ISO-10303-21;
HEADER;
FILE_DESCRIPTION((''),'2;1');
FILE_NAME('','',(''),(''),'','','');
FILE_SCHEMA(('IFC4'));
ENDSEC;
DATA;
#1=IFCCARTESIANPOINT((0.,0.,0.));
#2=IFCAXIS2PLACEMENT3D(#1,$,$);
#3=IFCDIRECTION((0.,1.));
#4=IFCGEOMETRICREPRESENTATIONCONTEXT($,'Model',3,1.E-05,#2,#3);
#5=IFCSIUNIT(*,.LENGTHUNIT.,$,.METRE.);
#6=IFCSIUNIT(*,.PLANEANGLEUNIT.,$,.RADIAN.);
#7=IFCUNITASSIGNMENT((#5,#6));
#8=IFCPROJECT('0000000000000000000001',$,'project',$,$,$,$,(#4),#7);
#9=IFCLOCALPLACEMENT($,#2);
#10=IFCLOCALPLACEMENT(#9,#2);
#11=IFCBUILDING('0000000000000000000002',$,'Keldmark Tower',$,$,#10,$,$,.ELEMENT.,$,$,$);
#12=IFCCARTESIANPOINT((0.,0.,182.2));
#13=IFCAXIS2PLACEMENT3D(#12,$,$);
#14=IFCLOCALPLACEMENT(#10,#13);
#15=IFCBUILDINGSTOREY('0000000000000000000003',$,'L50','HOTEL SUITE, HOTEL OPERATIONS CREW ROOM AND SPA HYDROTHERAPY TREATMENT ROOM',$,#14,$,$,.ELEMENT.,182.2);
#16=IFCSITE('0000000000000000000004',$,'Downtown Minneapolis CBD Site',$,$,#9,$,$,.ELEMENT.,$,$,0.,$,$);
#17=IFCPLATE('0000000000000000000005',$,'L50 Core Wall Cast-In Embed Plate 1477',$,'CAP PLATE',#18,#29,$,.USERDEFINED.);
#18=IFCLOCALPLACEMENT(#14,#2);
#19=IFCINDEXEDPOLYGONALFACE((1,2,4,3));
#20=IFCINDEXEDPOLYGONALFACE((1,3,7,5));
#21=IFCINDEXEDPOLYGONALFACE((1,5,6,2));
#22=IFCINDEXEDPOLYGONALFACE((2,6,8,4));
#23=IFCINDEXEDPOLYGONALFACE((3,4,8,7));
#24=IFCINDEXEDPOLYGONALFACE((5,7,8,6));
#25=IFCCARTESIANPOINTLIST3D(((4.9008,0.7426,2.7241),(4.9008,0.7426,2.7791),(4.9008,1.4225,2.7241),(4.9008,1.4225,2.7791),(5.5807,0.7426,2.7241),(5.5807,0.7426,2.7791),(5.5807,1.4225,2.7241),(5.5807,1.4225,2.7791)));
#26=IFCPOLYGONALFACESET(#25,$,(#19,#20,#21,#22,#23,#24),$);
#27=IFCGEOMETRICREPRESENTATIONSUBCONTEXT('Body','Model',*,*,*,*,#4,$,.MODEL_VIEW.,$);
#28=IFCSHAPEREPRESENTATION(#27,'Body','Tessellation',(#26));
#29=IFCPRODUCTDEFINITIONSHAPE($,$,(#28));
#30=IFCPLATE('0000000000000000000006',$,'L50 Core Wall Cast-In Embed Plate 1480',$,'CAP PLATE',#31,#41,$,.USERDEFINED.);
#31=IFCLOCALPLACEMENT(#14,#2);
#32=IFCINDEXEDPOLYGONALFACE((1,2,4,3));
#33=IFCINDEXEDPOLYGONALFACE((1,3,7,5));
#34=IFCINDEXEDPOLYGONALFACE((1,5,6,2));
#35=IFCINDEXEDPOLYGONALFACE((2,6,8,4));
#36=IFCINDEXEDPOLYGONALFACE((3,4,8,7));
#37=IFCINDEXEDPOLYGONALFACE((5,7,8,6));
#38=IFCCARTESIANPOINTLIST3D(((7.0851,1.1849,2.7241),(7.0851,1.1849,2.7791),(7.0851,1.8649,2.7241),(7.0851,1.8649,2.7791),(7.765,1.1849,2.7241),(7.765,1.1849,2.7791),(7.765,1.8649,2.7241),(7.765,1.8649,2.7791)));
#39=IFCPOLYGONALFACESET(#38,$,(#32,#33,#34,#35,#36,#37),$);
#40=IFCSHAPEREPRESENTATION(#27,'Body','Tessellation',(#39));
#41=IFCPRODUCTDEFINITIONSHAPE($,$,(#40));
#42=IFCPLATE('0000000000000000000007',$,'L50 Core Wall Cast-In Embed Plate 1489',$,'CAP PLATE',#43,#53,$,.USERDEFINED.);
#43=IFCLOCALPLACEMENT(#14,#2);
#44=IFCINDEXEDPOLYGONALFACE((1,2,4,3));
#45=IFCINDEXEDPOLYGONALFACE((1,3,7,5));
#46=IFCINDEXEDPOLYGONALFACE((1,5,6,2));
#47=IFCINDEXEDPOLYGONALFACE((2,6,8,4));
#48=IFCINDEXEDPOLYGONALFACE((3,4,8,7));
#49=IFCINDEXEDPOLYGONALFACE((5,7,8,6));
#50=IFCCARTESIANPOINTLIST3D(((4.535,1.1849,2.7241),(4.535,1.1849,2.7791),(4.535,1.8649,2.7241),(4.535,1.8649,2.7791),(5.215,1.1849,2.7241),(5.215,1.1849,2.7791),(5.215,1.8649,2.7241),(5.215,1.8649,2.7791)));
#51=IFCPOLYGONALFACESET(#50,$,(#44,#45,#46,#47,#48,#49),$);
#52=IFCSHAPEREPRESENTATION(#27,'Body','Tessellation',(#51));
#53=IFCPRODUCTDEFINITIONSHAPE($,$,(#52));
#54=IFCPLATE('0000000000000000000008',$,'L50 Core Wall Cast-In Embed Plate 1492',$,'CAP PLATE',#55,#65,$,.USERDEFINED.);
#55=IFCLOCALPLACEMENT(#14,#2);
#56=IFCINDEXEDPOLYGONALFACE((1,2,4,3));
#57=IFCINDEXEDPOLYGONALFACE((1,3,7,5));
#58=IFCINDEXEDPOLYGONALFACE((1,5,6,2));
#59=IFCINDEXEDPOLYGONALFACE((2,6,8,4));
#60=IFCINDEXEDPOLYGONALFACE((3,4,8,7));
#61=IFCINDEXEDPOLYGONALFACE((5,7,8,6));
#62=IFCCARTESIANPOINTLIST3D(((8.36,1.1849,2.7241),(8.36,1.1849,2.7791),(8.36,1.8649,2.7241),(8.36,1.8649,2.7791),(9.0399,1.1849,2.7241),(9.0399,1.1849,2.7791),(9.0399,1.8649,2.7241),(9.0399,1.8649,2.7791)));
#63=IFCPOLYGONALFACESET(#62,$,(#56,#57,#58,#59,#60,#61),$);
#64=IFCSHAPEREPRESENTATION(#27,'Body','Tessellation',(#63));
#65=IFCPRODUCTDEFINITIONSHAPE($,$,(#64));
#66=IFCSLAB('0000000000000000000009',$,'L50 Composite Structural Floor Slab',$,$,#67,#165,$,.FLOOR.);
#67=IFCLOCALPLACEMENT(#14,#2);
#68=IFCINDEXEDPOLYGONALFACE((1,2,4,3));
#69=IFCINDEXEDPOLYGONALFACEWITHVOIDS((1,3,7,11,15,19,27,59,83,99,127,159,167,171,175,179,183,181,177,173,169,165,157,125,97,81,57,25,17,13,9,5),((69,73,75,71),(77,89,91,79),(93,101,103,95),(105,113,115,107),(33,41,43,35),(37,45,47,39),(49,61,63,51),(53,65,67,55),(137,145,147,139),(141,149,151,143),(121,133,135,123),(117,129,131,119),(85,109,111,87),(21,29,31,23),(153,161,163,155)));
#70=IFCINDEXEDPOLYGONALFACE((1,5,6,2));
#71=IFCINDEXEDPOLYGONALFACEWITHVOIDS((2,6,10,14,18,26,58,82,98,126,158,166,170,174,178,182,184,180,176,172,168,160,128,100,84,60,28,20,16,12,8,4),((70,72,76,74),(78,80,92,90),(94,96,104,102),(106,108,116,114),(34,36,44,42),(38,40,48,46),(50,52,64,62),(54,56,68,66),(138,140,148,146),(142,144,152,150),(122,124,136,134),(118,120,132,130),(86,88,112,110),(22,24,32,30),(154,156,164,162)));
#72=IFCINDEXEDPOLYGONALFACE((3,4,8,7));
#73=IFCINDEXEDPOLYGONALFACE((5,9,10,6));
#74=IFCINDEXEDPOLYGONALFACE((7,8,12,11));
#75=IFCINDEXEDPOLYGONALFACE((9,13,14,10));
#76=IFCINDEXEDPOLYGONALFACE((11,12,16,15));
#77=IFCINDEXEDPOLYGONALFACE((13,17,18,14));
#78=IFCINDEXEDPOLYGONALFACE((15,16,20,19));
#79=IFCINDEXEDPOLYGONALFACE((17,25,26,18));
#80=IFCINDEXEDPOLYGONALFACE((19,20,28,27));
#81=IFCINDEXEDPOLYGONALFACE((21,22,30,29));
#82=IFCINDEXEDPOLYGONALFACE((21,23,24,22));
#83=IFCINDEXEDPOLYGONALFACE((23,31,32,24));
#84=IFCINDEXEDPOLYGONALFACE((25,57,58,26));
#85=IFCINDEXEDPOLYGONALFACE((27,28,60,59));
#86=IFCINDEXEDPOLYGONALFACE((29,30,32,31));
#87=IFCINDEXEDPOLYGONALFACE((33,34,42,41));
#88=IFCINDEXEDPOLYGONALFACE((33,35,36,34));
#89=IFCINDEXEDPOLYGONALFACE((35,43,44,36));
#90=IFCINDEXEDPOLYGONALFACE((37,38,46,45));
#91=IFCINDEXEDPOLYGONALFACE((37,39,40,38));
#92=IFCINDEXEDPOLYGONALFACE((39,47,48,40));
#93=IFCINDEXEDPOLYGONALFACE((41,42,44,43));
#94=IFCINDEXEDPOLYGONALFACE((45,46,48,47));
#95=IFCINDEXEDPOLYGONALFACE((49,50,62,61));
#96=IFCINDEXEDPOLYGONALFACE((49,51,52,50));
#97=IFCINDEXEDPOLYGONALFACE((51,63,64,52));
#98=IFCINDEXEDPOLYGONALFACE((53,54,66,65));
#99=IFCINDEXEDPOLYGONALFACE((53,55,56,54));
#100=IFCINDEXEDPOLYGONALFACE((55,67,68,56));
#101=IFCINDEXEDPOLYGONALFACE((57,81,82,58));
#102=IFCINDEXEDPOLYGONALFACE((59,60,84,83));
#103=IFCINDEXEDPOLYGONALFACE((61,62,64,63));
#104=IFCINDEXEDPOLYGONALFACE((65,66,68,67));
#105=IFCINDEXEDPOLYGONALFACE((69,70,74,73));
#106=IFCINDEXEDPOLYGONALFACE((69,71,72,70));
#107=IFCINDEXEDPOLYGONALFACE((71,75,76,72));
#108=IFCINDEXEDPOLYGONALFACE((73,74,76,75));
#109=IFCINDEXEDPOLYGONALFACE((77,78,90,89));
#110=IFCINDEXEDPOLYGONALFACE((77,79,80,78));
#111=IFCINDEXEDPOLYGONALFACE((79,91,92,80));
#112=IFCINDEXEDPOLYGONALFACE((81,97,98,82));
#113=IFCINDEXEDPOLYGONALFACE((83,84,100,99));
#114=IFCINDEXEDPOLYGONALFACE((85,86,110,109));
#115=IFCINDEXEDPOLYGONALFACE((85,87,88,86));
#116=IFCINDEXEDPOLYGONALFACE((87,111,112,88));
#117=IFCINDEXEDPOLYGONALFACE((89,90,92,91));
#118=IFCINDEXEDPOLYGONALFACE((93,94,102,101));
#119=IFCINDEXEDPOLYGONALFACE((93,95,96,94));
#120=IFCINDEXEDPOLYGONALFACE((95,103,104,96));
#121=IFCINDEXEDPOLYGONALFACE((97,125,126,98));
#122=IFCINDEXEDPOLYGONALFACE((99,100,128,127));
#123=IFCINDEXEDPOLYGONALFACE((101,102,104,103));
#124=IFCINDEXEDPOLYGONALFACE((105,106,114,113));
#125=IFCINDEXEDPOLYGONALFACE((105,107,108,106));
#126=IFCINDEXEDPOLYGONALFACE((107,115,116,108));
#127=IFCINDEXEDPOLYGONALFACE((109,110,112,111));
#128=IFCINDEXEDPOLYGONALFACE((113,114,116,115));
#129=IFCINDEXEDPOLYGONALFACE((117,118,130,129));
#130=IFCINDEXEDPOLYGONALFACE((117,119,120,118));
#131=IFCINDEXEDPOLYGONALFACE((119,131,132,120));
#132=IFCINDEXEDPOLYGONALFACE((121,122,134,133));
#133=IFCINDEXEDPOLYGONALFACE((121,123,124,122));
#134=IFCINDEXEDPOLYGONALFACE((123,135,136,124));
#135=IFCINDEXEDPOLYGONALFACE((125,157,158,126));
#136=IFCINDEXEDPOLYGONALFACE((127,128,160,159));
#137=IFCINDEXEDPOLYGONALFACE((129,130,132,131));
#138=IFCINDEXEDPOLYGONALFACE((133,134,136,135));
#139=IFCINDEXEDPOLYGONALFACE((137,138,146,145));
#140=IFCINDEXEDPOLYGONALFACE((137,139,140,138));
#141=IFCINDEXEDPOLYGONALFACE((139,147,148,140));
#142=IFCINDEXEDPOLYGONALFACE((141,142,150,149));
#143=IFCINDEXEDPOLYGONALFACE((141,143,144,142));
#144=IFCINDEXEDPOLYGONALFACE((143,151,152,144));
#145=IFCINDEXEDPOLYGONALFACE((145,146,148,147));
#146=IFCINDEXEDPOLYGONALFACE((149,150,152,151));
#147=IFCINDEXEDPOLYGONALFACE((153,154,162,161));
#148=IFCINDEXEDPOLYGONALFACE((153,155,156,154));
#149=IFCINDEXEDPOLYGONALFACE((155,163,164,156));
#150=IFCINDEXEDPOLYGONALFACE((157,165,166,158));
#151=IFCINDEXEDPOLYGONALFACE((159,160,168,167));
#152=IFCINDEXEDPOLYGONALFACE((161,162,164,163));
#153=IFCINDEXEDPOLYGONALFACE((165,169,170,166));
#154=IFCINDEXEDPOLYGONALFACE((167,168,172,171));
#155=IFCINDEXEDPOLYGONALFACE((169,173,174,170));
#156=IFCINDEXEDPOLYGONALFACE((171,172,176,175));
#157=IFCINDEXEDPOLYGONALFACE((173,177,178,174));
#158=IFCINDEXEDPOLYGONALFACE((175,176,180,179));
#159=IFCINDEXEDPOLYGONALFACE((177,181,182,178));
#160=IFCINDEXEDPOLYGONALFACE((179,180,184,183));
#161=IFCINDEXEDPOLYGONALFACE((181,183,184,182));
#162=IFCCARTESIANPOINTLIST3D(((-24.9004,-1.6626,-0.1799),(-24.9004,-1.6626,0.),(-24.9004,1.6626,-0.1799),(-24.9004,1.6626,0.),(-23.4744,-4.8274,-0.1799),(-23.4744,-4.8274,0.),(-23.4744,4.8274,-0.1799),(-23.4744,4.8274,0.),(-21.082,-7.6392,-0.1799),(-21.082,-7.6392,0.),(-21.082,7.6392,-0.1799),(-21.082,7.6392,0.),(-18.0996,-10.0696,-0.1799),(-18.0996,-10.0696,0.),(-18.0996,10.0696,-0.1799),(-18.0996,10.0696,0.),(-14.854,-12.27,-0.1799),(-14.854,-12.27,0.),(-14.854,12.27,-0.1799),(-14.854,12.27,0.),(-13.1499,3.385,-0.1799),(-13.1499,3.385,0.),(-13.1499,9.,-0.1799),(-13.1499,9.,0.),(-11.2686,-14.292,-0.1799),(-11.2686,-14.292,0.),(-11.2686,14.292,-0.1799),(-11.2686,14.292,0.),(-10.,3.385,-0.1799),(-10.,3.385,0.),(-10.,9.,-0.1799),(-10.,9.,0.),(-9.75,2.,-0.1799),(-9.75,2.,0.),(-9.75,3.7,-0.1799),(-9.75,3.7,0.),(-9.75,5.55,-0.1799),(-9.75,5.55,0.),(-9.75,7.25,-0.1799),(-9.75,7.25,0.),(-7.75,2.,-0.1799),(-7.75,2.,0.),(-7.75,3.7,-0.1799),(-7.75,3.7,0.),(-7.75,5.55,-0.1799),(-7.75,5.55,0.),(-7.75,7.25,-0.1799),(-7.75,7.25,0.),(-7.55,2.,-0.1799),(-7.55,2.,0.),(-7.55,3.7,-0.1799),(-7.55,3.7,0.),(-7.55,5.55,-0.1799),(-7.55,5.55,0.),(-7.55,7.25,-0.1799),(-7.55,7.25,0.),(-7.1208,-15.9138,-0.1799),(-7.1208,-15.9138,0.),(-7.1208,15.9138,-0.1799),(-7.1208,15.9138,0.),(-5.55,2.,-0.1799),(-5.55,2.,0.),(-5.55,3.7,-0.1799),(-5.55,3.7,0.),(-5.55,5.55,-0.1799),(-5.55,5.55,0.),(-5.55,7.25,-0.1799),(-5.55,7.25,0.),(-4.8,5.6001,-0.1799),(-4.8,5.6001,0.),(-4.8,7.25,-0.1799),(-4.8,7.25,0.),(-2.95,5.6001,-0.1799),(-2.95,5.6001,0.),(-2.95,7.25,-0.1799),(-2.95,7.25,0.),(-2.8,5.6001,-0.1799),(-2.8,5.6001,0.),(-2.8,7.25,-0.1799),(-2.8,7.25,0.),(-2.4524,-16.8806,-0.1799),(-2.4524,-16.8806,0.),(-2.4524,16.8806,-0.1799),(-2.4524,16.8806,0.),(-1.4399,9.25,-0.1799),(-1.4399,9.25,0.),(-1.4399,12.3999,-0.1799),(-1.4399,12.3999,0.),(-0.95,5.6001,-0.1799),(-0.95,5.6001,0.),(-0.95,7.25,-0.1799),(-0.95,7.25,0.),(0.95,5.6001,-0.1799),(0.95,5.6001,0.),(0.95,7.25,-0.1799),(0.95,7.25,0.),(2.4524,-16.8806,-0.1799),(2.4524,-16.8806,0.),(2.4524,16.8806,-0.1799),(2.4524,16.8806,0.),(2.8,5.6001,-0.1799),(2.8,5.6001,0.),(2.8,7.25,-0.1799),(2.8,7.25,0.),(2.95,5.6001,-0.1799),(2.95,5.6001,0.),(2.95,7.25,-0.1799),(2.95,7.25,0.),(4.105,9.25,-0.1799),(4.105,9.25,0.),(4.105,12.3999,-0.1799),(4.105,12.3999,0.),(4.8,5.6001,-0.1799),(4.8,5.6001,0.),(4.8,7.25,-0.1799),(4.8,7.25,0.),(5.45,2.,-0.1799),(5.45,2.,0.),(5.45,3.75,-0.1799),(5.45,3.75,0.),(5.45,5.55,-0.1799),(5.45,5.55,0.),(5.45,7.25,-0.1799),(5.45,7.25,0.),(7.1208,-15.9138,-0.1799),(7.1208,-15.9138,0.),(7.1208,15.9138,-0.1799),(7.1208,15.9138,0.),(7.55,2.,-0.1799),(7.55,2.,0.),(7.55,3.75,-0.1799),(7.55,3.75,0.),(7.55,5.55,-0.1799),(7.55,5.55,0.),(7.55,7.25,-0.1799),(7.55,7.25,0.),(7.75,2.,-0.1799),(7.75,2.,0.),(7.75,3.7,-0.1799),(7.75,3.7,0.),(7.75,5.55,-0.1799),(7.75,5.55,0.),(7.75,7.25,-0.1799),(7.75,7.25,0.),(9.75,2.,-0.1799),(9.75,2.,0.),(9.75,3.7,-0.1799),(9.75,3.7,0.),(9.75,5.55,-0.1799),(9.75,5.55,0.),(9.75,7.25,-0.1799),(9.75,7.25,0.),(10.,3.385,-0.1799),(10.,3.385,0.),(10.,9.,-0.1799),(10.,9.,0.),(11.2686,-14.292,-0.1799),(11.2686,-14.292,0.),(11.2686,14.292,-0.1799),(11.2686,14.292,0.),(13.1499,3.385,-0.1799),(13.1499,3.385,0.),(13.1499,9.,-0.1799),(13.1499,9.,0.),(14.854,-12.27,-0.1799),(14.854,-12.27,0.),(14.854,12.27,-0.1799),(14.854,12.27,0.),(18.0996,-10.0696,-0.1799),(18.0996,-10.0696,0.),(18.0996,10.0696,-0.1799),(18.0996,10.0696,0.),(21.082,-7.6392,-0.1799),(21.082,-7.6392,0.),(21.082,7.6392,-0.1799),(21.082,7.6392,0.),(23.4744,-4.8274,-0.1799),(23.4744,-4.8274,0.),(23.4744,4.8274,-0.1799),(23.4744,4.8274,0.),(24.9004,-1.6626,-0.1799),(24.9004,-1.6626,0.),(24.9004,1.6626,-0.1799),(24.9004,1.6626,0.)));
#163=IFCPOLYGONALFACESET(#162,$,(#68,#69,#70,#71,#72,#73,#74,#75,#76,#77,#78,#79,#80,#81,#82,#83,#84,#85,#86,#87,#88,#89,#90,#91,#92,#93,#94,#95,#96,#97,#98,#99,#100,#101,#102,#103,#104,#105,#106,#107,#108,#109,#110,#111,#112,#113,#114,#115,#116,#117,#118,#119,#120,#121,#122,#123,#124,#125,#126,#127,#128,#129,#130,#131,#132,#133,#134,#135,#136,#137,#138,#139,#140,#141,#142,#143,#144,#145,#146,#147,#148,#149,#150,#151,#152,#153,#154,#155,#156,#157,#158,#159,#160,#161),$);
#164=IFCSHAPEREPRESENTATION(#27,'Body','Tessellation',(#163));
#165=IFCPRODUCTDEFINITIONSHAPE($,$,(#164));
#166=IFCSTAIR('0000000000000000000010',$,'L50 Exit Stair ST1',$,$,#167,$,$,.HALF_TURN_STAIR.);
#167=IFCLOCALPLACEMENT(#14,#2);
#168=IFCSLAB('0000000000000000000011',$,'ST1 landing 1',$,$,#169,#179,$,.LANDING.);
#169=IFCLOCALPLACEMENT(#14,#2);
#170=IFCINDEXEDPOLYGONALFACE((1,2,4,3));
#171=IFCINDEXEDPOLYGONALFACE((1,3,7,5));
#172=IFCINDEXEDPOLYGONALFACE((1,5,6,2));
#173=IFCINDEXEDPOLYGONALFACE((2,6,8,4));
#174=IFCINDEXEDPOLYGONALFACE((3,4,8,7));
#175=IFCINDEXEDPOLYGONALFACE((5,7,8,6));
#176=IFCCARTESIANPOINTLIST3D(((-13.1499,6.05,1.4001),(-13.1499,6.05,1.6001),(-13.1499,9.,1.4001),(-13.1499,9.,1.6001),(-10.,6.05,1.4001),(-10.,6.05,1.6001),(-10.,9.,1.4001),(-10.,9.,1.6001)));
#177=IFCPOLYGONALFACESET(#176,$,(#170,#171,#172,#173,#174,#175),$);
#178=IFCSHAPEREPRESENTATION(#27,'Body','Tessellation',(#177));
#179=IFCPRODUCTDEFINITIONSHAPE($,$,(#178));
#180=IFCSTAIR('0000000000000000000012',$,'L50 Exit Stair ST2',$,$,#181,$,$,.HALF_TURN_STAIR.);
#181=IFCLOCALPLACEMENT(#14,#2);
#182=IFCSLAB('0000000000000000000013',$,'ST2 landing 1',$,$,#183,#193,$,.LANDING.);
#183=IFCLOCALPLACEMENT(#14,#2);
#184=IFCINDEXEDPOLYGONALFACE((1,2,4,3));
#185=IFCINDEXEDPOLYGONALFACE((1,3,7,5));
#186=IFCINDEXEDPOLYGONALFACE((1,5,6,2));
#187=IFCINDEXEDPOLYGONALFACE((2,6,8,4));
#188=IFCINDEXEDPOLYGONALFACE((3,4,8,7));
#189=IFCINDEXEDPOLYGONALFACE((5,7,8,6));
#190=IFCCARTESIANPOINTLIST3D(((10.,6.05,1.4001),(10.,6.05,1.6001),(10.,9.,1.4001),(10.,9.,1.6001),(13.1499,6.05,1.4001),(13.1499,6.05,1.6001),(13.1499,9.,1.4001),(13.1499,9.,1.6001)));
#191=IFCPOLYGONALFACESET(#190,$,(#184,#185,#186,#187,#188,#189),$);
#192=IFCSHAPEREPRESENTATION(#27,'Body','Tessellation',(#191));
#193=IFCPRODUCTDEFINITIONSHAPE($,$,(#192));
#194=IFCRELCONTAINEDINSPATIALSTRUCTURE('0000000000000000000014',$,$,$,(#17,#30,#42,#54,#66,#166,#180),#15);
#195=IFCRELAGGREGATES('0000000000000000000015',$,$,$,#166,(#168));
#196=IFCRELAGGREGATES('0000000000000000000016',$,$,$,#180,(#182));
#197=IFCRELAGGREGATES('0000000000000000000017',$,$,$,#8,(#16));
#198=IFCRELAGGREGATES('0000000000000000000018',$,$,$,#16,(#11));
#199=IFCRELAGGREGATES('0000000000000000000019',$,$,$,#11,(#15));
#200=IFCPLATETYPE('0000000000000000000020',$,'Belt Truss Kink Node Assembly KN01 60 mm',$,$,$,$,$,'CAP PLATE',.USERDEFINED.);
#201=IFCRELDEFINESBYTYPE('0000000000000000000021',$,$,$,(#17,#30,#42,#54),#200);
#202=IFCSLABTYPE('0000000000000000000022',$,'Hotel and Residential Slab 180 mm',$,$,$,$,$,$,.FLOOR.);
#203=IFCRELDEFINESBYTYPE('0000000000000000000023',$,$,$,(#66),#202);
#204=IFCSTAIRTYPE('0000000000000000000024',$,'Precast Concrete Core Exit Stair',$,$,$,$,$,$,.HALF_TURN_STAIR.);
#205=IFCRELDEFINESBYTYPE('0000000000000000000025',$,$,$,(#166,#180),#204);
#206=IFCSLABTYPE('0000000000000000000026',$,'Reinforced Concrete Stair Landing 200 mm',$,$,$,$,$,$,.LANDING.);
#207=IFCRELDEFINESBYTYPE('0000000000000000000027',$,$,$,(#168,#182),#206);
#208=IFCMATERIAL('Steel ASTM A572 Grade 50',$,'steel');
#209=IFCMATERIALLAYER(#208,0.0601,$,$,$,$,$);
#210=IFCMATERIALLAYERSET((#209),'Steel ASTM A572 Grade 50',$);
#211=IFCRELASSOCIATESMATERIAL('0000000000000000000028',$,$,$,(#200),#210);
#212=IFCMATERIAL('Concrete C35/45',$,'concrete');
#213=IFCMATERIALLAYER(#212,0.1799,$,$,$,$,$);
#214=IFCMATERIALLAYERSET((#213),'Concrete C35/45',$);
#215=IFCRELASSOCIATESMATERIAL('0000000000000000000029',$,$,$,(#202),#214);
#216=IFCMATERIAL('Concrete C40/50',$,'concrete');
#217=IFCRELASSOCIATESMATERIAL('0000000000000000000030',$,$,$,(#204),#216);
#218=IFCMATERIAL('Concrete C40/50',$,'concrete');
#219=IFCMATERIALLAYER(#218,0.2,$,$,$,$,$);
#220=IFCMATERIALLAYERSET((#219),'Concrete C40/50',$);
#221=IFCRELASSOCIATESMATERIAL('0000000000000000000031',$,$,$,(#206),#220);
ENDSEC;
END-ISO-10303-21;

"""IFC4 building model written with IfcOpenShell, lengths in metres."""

from ifc_helpers import new_model, si_unit, direction, frame, origin, origin_2d, place, context, subcontext, project, spatial, polyline, rectangle, outline, extrude, material, layer, layer_set, type_object, element, aggregate, save


model = new_model("IFC4")

# Units and contexts
model_context = context("Model", 3, precision=1e-05, world=origin(), true_north=direction((0.0, 1.0)))
body_context = subcontext(model_context, "Body", "Model", "MODEL_VIEW")
ifc_project = project(units=[si_unit("LENGTHUNIT", "METRE"), si_unit("PLANEANGLEUNIT", "RADIAN")], contexts=[model_context])

# Site, building, storey
site_placement = place(None, origin())
site = spatial("IfcSite", under=ifc_project, at=site_placement, Name="Downtown Minneapolis CBD Site", CompositionType="ELEMENT", RefElevation=0.0)
building_placement = place(site_placement, origin())
building = spatial("IfcBuilding", under=site, at=building_placement, Name="Keldmark Tower", CompositionType="ELEMENT")
storey_placement = place(building_placement, frame((0.0, 0.0, 182.2)))
storey = spatial("IfcBuildingStorey", under=building, at=storey_placement, Name="L50", Description="HOTEL SUITE, HOTEL OPERATIONS CREW ROOM AND SPA HYDROTHERAPY TREATMENT ROOM", CompositionType="ELEMENT", Elevation=182.2)

# Plates
ifc_material_1 = material(Name="Steel ASTM A572 Grade 50", Category="steel")
ifc_layer_1 = layer(ifc_material_1, 0.0601)
ifc_layer_set_1 = layer_set([ifc_layer_1], Name="Steel ASTM A572 Grade 50")
plate_type = type_object("IfcPlateType", Name="Belt Truss Kink Node Assembly KN01 60 mm", ElementType="CAP PLATE", PredefinedType="USERDEFINED", material=ifc_layer_set_1)
for number, where, z_axis, x_axis, name in (
    (1, (5.2407, 1.0825, 2.7241), (0.0, 0.0, 1.0), (1.0, 0.0, 0.0), "L50 Core Wall Cast-In Embed Plate 1477"),
    (2, (7.425, 1.5249, 2.7241), (0.0, 0.0, 1.0), (1.0, 0.0, 0.0), "L50 Core Wall Cast-In Embed Plate 1480"),
    (3, (4.875, 1.5249, 2.7241), (0.0, 0.0, 1.0), (1.0, 0.0, 0.0), "L50 Core Wall Cast-In Embed Plate 1489"),
    (4, (8.7, 1.5249, 2.7241), (0.0, 0.0, 1.0), (1.0, 0.0, 0.0), "L50 Core Wall Cast-In Embed Plate 1492"),
):
    element("IfcPlate", number, at=place(storey_placement, frame(where, z_axis=z_axis, x_axis=x_axis)), inside=storey, type_object=plate_type, Name=name, ObjectType="CAP PLATE", PredefinedType="USERDEFINED", context=body_context, shape_type="SweptSolid", body=[
        extrude(rectangle(XDim=0.6799, YDim=0.6799, at=origin_2d()), origin(), (0.0, 0.0, 1.0), 0.0549),
    ])

# Slab
ifc_material_2 = material(Name="Concrete C35/45", Category="concrete")
ifc_layer_2 = layer(ifc_material_2, 0.1799)
ifc_layer_set_2 = layer_set([ifc_layer_2], Name="Concrete C35/45")
slab_type_1 = type_object("IfcSlabType", Name="Hotel and Residential Slab 180 mm", PredefinedType="FLOOR", material=ifc_layer_set_2)
slab_1_placement = place(storey_placement, frame((0.0, 0.0, -0.1799)))
element("IfcSlab", 5, at=slab_1_placement, inside=storey, type_object=slab_type_1, Name="L50 Composite Structural Floor Slab", PredefinedType="FLOOR", context=body_context, shape_type="SweptSolid", body=[
    extrude(outline(polyline([(24.9004, 1.6626), (23.4744, 4.8274), (21.082, 7.6392), (18.0996, 10.0696), (14.854, 12.27), (11.2686, 14.292), (7.1208, 15.9138), (2.4524, 16.8806), (-2.4524, 16.8806), (-7.1208, 15.9138), (-11.2686, 14.292), (-14.854, 12.27), (-18.0996, 10.0696), (-21.082, 7.6392), (-23.4744, 4.8274), (-24.9004, 1.6626), (-24.9004, -1.6626), (-23.4744, -4.8274), (-21.082, -7.6392), (-18.0996, -10.0696), (-14.854, -12.27), (-11.2686, -14.292), (-7.1208, -15.9138), (-2.4524, -16.8806), (2.4524, -16.8806), (7.1208, -15.9138), (11.2686, -14.292), (14.854, -12.27), (18.0996, -10.0696), (21.082, -7.6392), (23.4744, -4.8274), (24.9004, -1.6626), (24.9004, 1.6626)]), holes=[polyline([(-10.0, 3.385), (-10.0, 9.0), (-13.1499, 9.0), (-13.1499, 3.385), (-10.0, 3.385)]), polyline([(13.1499, 3.385), (13.1499, 9.0), (10.0, 9.0), (10.0, 3.385), (13.1499, 3.385)]), polyline([(-1.4399, 9.25), (4.105, 9.25), (4.105, 12.3999), (-1.4399, 12.3999), (-1.4399, 9.25)]), polyline([(-9.75, 2.0), (-7.75, 2.0), (-7.75, 3.7), (-9.75, 3.7), (-9.75, 2.0)]), polyline([(7.75, 2.0), (9.75, 2.0), (9.75, 3.7), (7.75, 3.7), (7.75, 2.0)]), polyline([(5.45, 2.0), (7.55, 2.0), (7.55, 3.75), (5.45, 3.75), (5.45, 2.0)]), polyline([(-4.8, 5.6001), (-2.95, 5.6001), (-2.95, 7.25), (-4.8, 7.25), (-4.8, 5.6001)]), polyline([(-2.8, 5.6001), (-0.95, 5.6001), (-0.95, 7.25), (-2.8, 7.25), (-2.8, 5.6001)]), polyline([(0.95, 5.6001), (2.8, 5.6001), (2.8, 7.25), (0.95, 7.25), (0.95, 5.6001)]), polyline([(2.95, 5.6001), (4.8, 5.6001), (4.8, 7.25), (2.95, 7.25), (2.95, 5.6001)]), polyline([(-9.75, 5.55), (-7.75, 5.55), (-7.75, 7.25), (-9.75, 7.25), (-9.75, 5.55)]), polyline([(-7.55, 5.55), (-5.55, 5.55), (-5.55, 7.25), (-7.55, 7.25), (-7.55, 5.55)]), polyline([(-7.55, 2.0), (-5.55, 2.0), (-5.55, 3.7), (-7.55, 3.7), (-7.55, 2.0)]), polyline([(5.45, 5.55), (7.55, 5.55), (7.55, 7.25), (5.45, 7.25), (5.45, 5.55)]), polyline([(7.75, 5.55), (9.75, 5.55), (9.75, 7.25), (7.75, 7.25), (7.75, 5.55)])]), origin(), (0.0, 0.0, 1.0), 0.1799),
])

# Stairs, slabs
ifc_material_3 = material(Name="Concrete C40/50", Category="concrete")
stair_type = type_object("IfcStairType", Name="Precast Concrete Core Exit Stair", PredefinedType="HALF_TURN_STAIR", material=ifc_material_3)
stair_1_placement = place(storey_placement, origin())
stair_1 = element("IfcStair", 6, at=stair_1_placement, inside=storey, type_object=stair_type, Name="L50 Exit Stair ST1", PredefinedType="HALF_TURN_STAIR")
ifc_material_4 = material(Name="Concrete C40/50", Category="concrete")
ifc_layer_3 = layer(ifc_material_4, 0.2)
ifc_layer_set_3 = layer_set([ifc_layer_3], Name="Concrete C40/50")
slab_type_2 = type_object("IfcSlabType", Name="Reinforced Concrete Stair Landing 200 mm", PredefinedType="LANDING", material=ifc_layer_set_3)
slab_2_placement = place(storey_placement, frame((0.0, 0.0, 1.4001)))
slab_2 = element("IfcSlab", 7, at=slab_2_placement, type_object=slab_type_2, Name="ST1 landing 1", PredefinedType="LANDING", context=body_context, shape_type="SweptSolid", body=[
    extrude(outline(polyline([(-10.0, 6.05), (-10.0, 9.0), (-13.1499, 9.0), (-13.1499, 6.05), (-10.0, 6.05)])), origin(), (0.0, 0.0, 1.0), 0.2),
])
aggregate(stair_1, [slab_2])
stair_2_placement = place(storey_placement, origin())
stair_2 = element("IfcStair", 8, at=stair_2_placement, inside=storey, type_object=stair_type, Name="L50 Exit Stair ST2", PredefinedType="HALF_TURN_STAIR")
slab_3_placement = place(storey_placement, frame((0.0, 0.0, 1.4001)))
slab_3 = element("IfcSlab", 9, at=slab_3_placement, type_object=slab_type_2, Name="ST2 landing 1", PredefinedType="LANDING", context=body_context, shape_type="SweptSolid", body=[
    extrude(outline(polyline([(13.1499, 6.05), (13.1499, 9.0), (10.0, 9.0), (10.0, 6.05), (13.1499, 6.05)])), origin(), (0.0, 0.0, 1.0), 0.2),
])
aggregate(stair_2, [slab_3])

save(model, "model.ifc")
